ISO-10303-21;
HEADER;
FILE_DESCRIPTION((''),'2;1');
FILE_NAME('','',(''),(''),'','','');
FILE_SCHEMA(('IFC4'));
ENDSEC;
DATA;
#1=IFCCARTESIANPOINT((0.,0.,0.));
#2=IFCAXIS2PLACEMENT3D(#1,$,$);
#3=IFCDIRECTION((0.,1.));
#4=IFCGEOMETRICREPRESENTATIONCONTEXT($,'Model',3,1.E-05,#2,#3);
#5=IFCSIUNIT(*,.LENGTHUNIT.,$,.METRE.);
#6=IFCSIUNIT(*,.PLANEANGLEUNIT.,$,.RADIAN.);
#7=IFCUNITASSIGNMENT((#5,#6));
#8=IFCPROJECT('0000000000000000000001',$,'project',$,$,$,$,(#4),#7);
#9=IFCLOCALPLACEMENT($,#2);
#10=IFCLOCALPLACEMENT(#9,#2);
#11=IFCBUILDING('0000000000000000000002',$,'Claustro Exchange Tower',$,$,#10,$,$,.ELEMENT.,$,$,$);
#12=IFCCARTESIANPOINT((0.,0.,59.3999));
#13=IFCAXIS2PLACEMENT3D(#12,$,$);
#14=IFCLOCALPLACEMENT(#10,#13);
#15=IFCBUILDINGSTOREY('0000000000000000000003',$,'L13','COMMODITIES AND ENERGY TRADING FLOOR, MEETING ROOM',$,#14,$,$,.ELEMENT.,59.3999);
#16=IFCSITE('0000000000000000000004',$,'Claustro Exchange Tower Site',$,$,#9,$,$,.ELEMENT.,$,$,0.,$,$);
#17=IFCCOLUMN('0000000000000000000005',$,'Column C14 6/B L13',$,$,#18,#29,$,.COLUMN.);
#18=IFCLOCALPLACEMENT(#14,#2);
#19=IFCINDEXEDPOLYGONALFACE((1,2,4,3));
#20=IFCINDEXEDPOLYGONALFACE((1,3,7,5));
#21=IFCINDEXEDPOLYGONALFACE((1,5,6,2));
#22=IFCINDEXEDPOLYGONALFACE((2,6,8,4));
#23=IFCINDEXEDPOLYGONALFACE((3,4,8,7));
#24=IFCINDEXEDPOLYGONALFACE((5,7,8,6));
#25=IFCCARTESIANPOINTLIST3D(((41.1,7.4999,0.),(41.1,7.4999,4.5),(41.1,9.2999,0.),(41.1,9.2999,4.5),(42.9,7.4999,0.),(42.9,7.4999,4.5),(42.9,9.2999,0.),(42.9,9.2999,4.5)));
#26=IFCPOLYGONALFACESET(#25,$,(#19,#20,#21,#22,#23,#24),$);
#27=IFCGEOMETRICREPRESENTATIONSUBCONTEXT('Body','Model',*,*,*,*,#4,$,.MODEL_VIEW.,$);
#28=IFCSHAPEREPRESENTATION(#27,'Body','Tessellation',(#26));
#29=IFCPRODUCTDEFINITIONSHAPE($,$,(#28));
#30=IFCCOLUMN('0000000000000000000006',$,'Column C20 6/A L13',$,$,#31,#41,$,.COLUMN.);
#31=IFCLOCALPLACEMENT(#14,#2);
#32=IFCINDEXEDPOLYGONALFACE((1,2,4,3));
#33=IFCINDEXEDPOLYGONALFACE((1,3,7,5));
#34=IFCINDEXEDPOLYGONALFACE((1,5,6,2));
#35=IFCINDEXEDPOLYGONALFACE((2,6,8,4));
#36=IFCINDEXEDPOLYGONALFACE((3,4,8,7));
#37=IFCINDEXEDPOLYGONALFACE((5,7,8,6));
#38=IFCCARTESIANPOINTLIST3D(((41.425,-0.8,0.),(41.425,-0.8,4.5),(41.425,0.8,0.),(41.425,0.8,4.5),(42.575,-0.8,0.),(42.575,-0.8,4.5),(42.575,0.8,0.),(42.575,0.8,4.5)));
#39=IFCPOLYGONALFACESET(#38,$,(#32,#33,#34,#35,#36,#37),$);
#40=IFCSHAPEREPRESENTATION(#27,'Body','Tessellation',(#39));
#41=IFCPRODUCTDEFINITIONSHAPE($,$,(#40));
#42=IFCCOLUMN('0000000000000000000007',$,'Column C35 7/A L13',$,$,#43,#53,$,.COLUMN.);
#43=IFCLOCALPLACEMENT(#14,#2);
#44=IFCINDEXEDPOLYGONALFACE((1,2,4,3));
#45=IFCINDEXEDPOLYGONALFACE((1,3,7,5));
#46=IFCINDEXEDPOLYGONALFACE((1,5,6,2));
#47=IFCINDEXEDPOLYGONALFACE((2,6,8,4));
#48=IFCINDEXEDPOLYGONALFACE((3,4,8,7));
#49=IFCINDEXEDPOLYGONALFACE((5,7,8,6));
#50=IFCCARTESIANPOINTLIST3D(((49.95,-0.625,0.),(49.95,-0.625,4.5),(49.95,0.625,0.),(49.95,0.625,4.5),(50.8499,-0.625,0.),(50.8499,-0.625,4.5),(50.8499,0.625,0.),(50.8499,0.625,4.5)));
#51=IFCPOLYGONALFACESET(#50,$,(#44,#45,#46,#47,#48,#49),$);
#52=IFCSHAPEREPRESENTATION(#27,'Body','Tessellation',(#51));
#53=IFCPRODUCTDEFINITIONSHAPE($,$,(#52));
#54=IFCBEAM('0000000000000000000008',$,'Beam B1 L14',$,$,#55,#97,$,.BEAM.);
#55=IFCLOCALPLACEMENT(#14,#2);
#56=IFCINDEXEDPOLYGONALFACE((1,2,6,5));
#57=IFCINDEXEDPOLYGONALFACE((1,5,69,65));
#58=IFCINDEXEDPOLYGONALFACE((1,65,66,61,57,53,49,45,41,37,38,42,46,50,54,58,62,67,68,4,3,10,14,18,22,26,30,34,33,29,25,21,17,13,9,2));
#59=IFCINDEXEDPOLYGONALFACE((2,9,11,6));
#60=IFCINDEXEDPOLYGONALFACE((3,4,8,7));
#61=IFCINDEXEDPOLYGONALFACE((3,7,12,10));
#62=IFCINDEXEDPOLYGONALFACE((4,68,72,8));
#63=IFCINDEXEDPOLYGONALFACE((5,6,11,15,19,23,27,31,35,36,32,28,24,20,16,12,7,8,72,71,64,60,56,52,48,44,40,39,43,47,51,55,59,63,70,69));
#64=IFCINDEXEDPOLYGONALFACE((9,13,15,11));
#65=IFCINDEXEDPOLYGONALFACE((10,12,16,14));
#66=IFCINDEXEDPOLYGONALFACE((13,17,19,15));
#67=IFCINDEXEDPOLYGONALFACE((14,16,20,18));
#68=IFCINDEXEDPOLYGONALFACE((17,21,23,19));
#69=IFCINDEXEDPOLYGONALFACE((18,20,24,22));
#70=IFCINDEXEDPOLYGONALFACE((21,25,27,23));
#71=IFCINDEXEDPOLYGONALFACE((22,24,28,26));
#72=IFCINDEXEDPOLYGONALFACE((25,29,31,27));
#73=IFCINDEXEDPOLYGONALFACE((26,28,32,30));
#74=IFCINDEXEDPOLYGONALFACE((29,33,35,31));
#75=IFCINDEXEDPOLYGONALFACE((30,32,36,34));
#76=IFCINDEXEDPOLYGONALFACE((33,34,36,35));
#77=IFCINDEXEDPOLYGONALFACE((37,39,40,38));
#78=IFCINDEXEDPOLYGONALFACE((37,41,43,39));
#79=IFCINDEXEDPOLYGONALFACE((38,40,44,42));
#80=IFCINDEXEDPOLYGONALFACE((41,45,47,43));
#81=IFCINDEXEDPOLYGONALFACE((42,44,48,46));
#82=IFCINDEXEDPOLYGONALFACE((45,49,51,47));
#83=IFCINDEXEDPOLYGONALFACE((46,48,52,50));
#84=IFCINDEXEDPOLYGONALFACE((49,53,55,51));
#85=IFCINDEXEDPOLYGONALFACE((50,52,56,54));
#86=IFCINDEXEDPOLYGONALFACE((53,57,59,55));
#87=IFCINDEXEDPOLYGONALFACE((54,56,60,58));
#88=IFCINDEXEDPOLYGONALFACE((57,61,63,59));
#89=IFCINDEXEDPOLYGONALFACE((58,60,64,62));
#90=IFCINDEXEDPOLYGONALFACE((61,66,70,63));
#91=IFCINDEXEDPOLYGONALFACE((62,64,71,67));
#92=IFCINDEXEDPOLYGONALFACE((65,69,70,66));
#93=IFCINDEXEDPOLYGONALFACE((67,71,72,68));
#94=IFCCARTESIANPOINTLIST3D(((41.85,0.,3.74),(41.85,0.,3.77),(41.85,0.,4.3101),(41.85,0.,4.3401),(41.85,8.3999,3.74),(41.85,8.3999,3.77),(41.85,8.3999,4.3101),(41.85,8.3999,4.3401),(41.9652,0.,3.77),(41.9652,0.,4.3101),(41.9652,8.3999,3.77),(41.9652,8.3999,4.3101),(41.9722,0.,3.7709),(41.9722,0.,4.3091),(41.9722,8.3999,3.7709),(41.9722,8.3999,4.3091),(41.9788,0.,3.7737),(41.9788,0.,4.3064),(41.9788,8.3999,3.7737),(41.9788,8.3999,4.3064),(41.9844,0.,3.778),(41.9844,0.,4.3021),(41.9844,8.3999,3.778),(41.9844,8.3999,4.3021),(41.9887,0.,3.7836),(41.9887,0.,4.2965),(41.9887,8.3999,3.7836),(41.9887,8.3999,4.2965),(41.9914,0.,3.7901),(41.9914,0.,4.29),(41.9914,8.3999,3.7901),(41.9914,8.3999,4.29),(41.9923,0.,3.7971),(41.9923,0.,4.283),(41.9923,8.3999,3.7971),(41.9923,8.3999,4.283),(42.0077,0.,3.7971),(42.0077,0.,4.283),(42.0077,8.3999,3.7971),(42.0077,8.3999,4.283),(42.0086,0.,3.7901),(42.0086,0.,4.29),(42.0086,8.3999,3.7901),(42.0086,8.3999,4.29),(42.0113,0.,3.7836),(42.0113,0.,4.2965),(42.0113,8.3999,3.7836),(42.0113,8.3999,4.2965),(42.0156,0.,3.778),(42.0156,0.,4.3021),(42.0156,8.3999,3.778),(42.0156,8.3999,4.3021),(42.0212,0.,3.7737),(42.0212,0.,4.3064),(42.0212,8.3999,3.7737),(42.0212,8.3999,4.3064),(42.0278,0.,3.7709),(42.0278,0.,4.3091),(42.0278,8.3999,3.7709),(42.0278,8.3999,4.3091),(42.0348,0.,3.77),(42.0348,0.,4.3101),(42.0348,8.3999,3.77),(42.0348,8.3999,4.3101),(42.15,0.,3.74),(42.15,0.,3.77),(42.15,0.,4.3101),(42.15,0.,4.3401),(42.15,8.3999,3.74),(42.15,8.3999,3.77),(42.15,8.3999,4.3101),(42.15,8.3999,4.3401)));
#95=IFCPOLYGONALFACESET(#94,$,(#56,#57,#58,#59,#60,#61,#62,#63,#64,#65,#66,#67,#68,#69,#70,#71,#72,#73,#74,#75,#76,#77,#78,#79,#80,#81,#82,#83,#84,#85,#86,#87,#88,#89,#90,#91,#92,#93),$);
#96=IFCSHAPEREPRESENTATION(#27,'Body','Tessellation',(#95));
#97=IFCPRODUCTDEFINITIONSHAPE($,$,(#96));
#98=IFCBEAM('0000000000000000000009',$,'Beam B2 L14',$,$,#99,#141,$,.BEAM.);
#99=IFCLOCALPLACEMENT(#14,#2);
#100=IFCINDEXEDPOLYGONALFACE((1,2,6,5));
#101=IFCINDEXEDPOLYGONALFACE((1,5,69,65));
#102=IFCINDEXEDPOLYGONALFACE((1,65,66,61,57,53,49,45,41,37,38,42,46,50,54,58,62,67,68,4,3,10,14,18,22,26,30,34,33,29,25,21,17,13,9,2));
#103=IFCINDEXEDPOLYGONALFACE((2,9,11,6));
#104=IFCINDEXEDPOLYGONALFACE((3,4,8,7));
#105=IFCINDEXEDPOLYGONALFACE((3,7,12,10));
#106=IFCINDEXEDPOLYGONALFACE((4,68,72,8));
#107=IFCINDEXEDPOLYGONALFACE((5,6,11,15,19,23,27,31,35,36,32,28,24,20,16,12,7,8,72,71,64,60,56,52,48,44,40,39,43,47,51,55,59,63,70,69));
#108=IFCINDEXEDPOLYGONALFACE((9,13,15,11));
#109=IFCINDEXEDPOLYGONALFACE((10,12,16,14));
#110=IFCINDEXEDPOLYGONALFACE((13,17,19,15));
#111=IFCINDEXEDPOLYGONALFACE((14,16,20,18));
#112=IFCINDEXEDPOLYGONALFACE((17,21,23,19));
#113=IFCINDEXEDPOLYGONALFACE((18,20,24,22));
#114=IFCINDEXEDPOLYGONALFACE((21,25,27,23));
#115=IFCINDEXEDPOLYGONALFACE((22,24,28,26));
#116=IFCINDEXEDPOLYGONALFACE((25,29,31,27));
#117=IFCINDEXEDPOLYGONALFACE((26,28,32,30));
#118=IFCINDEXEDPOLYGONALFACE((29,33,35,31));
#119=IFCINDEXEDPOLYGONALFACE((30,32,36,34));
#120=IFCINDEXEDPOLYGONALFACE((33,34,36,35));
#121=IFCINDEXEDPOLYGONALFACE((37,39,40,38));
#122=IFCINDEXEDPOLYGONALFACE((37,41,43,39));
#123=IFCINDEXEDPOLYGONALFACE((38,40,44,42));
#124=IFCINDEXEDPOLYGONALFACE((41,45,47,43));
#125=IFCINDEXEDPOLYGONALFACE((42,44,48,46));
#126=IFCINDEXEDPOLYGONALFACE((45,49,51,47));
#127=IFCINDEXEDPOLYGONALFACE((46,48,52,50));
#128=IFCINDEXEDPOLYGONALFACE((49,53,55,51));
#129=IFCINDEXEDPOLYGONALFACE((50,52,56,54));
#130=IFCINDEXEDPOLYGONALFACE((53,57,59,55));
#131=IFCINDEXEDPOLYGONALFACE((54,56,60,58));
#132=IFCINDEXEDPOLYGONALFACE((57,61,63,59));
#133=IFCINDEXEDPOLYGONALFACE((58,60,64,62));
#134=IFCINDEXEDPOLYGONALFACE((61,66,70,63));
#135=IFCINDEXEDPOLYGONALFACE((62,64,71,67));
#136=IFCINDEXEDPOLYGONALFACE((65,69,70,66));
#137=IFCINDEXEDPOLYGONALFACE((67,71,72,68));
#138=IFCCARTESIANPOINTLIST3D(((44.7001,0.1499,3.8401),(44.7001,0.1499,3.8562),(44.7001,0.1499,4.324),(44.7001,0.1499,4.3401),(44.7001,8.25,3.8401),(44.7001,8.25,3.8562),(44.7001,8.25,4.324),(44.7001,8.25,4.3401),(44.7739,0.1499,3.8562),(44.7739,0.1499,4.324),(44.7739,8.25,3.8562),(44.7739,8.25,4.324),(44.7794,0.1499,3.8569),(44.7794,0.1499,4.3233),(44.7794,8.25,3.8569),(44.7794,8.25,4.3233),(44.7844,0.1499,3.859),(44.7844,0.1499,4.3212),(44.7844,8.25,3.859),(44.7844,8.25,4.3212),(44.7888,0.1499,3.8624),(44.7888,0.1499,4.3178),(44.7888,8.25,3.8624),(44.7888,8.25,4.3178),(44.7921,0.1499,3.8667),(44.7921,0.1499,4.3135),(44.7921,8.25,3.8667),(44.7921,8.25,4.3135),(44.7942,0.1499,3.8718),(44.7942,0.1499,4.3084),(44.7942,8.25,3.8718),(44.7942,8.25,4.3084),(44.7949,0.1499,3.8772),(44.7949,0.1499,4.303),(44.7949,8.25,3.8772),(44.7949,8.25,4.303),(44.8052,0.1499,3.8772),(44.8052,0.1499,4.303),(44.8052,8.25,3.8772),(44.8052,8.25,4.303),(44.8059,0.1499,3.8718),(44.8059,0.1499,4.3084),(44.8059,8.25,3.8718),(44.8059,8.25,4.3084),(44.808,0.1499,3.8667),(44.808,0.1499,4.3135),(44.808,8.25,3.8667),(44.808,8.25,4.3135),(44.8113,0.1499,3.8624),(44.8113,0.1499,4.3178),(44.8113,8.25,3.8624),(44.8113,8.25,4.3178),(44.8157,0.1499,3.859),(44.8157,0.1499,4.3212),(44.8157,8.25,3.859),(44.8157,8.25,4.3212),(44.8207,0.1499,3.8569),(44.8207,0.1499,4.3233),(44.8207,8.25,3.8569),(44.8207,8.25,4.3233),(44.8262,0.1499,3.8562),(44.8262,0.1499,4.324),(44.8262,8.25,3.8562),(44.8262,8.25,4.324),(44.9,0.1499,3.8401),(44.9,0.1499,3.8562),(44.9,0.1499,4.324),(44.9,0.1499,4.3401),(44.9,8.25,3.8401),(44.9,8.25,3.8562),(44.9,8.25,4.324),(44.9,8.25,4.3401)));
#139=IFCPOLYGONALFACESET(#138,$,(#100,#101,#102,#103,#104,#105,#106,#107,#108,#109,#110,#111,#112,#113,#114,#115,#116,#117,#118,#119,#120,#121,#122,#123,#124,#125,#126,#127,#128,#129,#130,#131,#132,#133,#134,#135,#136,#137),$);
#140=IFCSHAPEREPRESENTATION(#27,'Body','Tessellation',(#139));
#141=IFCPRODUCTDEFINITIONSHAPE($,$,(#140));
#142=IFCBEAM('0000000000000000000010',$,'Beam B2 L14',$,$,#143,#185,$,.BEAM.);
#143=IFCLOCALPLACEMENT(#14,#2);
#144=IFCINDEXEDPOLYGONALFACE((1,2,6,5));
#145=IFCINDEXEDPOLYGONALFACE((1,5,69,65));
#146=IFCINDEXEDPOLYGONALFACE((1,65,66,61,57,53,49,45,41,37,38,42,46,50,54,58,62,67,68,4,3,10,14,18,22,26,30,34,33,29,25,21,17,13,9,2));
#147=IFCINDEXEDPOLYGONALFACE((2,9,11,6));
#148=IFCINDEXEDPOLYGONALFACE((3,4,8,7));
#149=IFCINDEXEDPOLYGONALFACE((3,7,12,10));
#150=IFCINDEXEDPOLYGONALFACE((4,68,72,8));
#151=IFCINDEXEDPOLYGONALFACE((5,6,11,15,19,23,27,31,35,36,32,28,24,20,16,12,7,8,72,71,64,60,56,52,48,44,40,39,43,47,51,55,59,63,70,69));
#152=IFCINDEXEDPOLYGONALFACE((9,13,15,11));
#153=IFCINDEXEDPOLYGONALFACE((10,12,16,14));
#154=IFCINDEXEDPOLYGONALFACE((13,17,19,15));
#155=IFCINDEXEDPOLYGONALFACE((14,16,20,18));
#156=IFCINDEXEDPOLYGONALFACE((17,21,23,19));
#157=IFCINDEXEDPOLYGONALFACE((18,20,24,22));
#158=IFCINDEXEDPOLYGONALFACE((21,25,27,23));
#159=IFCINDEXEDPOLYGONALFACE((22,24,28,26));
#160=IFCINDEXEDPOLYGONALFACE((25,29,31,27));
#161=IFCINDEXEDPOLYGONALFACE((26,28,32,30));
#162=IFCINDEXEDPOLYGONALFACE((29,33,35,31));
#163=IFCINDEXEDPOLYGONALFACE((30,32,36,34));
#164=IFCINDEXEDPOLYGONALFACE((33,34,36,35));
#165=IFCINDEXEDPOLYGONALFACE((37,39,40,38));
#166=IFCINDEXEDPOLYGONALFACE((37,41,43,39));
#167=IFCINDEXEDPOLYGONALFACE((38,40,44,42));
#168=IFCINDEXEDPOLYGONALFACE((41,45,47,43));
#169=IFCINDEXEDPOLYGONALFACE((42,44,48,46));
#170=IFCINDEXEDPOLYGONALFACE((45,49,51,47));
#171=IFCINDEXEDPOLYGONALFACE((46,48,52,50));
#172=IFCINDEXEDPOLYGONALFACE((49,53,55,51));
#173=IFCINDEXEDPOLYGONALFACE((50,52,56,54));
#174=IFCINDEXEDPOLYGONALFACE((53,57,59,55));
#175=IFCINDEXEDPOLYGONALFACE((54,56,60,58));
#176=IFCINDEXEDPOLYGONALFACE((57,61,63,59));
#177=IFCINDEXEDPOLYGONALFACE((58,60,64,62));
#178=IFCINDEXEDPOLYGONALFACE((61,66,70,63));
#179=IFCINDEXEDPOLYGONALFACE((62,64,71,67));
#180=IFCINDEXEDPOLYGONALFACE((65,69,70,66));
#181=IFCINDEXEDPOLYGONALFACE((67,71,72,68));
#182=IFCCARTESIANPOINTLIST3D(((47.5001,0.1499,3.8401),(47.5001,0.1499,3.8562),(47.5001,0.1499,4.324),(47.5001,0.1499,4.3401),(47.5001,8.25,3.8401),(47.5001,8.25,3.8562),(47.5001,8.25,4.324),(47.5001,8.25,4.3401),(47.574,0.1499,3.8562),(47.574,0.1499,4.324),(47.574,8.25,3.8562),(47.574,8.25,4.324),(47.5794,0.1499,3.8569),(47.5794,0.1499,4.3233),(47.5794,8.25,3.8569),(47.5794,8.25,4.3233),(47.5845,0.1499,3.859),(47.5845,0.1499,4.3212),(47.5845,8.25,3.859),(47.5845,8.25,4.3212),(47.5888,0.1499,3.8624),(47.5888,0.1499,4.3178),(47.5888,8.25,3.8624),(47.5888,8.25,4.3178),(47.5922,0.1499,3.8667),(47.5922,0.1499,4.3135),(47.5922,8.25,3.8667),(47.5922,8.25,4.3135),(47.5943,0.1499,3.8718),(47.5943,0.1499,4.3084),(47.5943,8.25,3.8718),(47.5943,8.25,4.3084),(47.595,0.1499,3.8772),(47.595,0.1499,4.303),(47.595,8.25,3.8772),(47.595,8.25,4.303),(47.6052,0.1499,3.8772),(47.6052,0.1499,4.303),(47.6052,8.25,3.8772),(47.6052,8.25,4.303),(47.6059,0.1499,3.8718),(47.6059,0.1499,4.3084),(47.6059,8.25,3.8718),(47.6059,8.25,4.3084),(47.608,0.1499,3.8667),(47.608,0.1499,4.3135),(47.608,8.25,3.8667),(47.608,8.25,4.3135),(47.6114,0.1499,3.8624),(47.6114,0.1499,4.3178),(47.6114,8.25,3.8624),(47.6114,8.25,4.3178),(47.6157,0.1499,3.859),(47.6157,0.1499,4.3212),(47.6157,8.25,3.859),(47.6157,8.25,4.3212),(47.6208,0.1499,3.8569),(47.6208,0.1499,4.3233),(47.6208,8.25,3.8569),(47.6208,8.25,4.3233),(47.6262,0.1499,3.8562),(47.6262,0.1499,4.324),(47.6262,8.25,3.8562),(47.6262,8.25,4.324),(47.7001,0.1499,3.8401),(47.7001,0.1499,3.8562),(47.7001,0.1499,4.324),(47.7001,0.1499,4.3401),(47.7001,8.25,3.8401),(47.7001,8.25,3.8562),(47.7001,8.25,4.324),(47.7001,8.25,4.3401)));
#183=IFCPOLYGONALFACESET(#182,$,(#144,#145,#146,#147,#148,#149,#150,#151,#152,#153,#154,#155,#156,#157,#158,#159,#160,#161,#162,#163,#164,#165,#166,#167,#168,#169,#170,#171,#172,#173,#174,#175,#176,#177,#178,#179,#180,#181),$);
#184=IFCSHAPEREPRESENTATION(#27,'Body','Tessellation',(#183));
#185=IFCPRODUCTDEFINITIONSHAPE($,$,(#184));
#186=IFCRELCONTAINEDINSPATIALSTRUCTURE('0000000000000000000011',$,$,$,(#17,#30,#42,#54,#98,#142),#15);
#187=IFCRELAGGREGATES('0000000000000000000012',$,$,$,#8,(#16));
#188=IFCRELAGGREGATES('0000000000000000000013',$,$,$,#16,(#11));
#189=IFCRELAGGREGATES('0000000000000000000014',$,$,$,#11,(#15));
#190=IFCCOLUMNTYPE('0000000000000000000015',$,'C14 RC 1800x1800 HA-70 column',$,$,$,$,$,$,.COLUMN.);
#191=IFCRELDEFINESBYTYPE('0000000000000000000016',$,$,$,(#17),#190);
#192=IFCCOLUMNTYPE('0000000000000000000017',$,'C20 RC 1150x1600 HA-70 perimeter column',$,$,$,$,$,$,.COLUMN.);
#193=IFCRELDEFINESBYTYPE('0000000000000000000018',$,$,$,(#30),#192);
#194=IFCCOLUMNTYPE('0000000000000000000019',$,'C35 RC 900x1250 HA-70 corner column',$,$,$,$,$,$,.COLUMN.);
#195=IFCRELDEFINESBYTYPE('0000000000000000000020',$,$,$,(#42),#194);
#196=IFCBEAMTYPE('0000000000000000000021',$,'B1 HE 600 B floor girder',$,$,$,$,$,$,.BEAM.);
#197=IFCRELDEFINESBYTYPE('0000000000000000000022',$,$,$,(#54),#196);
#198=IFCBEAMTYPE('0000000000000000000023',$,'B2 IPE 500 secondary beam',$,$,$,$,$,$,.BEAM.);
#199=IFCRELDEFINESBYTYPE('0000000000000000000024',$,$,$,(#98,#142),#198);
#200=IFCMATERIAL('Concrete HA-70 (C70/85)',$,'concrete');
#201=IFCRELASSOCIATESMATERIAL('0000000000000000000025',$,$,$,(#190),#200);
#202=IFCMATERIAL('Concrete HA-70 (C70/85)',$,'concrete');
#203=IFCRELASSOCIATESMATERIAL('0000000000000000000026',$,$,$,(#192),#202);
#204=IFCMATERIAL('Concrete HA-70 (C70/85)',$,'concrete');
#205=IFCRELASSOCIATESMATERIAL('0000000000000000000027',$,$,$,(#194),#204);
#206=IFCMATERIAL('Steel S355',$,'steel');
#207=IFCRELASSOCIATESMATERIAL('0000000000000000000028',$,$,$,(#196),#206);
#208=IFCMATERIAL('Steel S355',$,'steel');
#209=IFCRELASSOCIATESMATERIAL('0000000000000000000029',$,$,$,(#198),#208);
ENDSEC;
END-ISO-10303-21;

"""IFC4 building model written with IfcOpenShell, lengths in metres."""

from ifc_helpers import new_model, si_unit, direction, frame, origin, origin_2d, place, context, subcontext, project, spatial, rectangle, i_section, extrude, material, material_profile, profile_set, type_object, element, save


model = new_model("IFC4")

# Units and contexts
model_context = context("Model", 3, precision=1e-05, world=origin(), true_north=direction((0.0, 1.0)))
body_context = subcontext(model_context, "Body", "Model", "MODEL_VIEW")
ifc_project = project(units=[si_unit("LENGTHUNIT", "METRE"), si_unit("PLANEANGLEUNIT", "RADIAN")], contexts=[model_context])

# Site, building, storey
site_placement = place(None, origin())
site = spatial("IfcSite", under=ifc_project, at=site_placement, Name="Claustro Exchange Tower Site", CompositionType="ELEMENT", RefElevation=0.0)
building_placement = place(site_placement, origin())
building = spatial("IfcBuilding", under=site, at=building_placement, Name="Claustro Exchange Tower", CompositionType="ELEMENT")
storey_placement = place(building_placement, frame((0.0, 0.0, 59.3999)))
storey = spatial("IfcBuildingStorey", under=building, at=storey_placement, Name="L13", Description="COMMODITIES AND ENERGY TRADING FLOOR, MEETING ROOM", CompositionType="ELEMENT", Elevation=59.3999)

# Columns
ifc_material_1 = material(Name="Concrete HA-70 (C70/85)", Category="concrete")
ifc_material_profile_1 = material_profile(ifc_material_1, rectangle(XDim=1.8, YDim=1.8, at=origin_2d()), Name="RC 1800x1800")
ifc_profile_set_1 = profile_set([ifc_material_profile_1], Name="Concrete HA-70 (C70/85)")
column_type_1 = type_object("IfcColumnType", Name="C14 RC 1800x1800 HA-70 column", PredefinedType="COLUMN", material=ifc_profile_set_1)
column_1_placement = place(storey_placement, frame((42.0, 8.3999, 0.0), z_axis=(0.0, 0.0, 1.0), x_axis=(1.0, 0.0, 0.0)))
element("IfcColumn", 1, at=column_1_placement, inside=storey, type_object=column_type_1, Name="Column C14 6/B L13", PredefinedType="COLUMN", context=body_context, shape_type="SweptSolid", body=[
    extrude(rectangle(XDim=1.8, YDim=1.8, at=origin_2d()), origin(), (0.0, 0.0, 1.0), 4.5),
])
ifc_material_2 = material(Name="Concrete HA-70 (C70/85)", Category="concrete")
ifc_material_profile_2 = material_profile(ifc_material_2, rectangle(XDim=1.1499, YDim=1.6001, at=origin_2d()), Name="RC 1150x1600")
ifc_profile_set_2 = profile_set([ifc_material_profile_2], Name="Concrete HA-70 (C70/85)")
column_type_2 = type_object("IfcColumnType", Name="C20 RC 1150x1600 HA-70 perimeter column", PredefinedType="COLUMN", material=ifc_profile_set_2)
column_2_placement = place(storey_placement, frame((42.0, 0.0, 0.0), z_axis=(0.0, 0.0, 1.0), x_axis=(1.0, 0.0, 0.0)))
element("IfcColumn", 2, at=column_2_placement, inside=storey, type_object=column_type_2, Name="Column C20 6/A L13", PredefinedType="COLUMN", context=body_context, shape_type="SweptSolid", body=[
    extrude(rectangle(XDim=1.1499, YDim=1.6001, at=origin_2d()), origin(), (0.0, 0.0, 1.0), 4.5),
])
ifc_material_3 = material(Name="Concrete HA-70 (C70/85)", Category="concrete")
ifc_material_profile_3 = material_profile(ifc_material_3, rectangle(XDim=0.8999, YDim=1.25, at=origin_2d()), Name="RC 900x1250")
ifc_profile_set_3 = profile_set([ifc_material_profile_3], Name="Concrete HA-70 (C70/85)")
column_type_3 = type_object("IfcColumnType", Name="C35 RC 900x1250 HA-70 corner column", PredefinedType="COLUMN", material=ifc_profile_set_3)
column_3_placement = place(storey_placement, frame((50.3999, 0.0, 0.0), z_axis=(0.0, 0.0, 1.0), x_axis=(1.0, 0.0, 0.0)))
element("IfcColumn", 3, at=column_3_placement, inside=storey, type_object=column_type_3, Name="Column C35 7/A L13", PredefinedType="COLUMN", context=body_context, shape_type="SweptSolid", body=[
    extrude(rectangle(XDim=0.8999, YDim=1.25, at=origin_2d()), origin(), (0.0, 0.0, 1.0), 4.5),
])

# Beams
ifc_material_4 = material(Name="Steel S355", Category="steel")
ifc_material_profile_4 = material_profile(ifc_material_4, i_section(OverallWidth=0.3, OverallDepth=0.6001, WebThickness=0.0154, FlangeThickness=0.03, FilletRadius=0.0271, at=origin_2d()), Name="HE 600 B")
ifc_profile_set_4 = profile_set([ifc_material_profile_4], Name="Steel S355")
beam_type_1 = type_object("IfcBeamType", Name="B1 HE 600 B floor girder", PredefinedType="BEAM", material=ifc_profile_set_4)
beam_1_placement = place(storey_placement, frame((42.0, 0.0, 4.04), z_axis=(0.0, 1.0, 0.0), x_axis=(-1.0, 0.0, 0.0)))
element("IfcBeam", 4, at=beam_1_placement, inside=storey, type_object=beam_type_1, Name="Beam B1 L14", PredefinedType="BEAM", context=body_context, shape_type="SweptSolid", body=[
    extrude(i_section(OverallWidth=0.3, OverallDepth=0.6001, WebThickness=0.0154, FlangeThickness=0.03, FilletRadius=0.0271, at=origin_2d()), origin(), (0.0, 0.0, 1.0), 8.3999),
])
ifc_material_5 = material(Name="Steel S355", Category="steel")
ifc_material_profile_5 = material_profile(ifc_material_5, i_section(OverallWidth=0.2, OverallDepth=0.5, WebThickness=0.0103, FlangeThickness=0.0161, FilletRadius=0.021, at=origin_2d()), Name="IPE 500")
ifc_profile_set_5 = profile_set([ifc_material_profile_5], Name="Steel S355")
beam_type_2 = type_object("IfcBeamType", Name="B2 IPE 500 secondary beam", PredefinedType="BEAM", material=ifc_profile_set_5)
for number, where, z_axis, x_axis, name in (
    (5, (44.8, 0.1499, 4.0901), (0.0, 1.0, 0.0), (-1.0, 0.0, 0.0), "Beam B2 L14"),
    (6, (47.6001, 0.1499, 4.0901), (0.0, 1.0, 0.0), (-1.0, 0.0, 0.0), "Beam B2 L14"),
):
    element("IfcBeam", number, at=place(storey_placement, frame(where, z_axis=z_axis, x_axis=x_axis)), inside=storey, type_object=beam_type_2, Name=name, PredefinedType="BEAM", context=body_context, shape_type="SweptSolid", body=[
        extrude(i_section(OverallWidth=0.2, OverallDepth=0.5, WebThickness=0.0103, FlangeThickness=0.0161, FilletRadius=0.021, at=origin_2d()), origin(), (0.0, 0.0, 1.0), 8.1001),
    ])

save(model, "model.ifc")
